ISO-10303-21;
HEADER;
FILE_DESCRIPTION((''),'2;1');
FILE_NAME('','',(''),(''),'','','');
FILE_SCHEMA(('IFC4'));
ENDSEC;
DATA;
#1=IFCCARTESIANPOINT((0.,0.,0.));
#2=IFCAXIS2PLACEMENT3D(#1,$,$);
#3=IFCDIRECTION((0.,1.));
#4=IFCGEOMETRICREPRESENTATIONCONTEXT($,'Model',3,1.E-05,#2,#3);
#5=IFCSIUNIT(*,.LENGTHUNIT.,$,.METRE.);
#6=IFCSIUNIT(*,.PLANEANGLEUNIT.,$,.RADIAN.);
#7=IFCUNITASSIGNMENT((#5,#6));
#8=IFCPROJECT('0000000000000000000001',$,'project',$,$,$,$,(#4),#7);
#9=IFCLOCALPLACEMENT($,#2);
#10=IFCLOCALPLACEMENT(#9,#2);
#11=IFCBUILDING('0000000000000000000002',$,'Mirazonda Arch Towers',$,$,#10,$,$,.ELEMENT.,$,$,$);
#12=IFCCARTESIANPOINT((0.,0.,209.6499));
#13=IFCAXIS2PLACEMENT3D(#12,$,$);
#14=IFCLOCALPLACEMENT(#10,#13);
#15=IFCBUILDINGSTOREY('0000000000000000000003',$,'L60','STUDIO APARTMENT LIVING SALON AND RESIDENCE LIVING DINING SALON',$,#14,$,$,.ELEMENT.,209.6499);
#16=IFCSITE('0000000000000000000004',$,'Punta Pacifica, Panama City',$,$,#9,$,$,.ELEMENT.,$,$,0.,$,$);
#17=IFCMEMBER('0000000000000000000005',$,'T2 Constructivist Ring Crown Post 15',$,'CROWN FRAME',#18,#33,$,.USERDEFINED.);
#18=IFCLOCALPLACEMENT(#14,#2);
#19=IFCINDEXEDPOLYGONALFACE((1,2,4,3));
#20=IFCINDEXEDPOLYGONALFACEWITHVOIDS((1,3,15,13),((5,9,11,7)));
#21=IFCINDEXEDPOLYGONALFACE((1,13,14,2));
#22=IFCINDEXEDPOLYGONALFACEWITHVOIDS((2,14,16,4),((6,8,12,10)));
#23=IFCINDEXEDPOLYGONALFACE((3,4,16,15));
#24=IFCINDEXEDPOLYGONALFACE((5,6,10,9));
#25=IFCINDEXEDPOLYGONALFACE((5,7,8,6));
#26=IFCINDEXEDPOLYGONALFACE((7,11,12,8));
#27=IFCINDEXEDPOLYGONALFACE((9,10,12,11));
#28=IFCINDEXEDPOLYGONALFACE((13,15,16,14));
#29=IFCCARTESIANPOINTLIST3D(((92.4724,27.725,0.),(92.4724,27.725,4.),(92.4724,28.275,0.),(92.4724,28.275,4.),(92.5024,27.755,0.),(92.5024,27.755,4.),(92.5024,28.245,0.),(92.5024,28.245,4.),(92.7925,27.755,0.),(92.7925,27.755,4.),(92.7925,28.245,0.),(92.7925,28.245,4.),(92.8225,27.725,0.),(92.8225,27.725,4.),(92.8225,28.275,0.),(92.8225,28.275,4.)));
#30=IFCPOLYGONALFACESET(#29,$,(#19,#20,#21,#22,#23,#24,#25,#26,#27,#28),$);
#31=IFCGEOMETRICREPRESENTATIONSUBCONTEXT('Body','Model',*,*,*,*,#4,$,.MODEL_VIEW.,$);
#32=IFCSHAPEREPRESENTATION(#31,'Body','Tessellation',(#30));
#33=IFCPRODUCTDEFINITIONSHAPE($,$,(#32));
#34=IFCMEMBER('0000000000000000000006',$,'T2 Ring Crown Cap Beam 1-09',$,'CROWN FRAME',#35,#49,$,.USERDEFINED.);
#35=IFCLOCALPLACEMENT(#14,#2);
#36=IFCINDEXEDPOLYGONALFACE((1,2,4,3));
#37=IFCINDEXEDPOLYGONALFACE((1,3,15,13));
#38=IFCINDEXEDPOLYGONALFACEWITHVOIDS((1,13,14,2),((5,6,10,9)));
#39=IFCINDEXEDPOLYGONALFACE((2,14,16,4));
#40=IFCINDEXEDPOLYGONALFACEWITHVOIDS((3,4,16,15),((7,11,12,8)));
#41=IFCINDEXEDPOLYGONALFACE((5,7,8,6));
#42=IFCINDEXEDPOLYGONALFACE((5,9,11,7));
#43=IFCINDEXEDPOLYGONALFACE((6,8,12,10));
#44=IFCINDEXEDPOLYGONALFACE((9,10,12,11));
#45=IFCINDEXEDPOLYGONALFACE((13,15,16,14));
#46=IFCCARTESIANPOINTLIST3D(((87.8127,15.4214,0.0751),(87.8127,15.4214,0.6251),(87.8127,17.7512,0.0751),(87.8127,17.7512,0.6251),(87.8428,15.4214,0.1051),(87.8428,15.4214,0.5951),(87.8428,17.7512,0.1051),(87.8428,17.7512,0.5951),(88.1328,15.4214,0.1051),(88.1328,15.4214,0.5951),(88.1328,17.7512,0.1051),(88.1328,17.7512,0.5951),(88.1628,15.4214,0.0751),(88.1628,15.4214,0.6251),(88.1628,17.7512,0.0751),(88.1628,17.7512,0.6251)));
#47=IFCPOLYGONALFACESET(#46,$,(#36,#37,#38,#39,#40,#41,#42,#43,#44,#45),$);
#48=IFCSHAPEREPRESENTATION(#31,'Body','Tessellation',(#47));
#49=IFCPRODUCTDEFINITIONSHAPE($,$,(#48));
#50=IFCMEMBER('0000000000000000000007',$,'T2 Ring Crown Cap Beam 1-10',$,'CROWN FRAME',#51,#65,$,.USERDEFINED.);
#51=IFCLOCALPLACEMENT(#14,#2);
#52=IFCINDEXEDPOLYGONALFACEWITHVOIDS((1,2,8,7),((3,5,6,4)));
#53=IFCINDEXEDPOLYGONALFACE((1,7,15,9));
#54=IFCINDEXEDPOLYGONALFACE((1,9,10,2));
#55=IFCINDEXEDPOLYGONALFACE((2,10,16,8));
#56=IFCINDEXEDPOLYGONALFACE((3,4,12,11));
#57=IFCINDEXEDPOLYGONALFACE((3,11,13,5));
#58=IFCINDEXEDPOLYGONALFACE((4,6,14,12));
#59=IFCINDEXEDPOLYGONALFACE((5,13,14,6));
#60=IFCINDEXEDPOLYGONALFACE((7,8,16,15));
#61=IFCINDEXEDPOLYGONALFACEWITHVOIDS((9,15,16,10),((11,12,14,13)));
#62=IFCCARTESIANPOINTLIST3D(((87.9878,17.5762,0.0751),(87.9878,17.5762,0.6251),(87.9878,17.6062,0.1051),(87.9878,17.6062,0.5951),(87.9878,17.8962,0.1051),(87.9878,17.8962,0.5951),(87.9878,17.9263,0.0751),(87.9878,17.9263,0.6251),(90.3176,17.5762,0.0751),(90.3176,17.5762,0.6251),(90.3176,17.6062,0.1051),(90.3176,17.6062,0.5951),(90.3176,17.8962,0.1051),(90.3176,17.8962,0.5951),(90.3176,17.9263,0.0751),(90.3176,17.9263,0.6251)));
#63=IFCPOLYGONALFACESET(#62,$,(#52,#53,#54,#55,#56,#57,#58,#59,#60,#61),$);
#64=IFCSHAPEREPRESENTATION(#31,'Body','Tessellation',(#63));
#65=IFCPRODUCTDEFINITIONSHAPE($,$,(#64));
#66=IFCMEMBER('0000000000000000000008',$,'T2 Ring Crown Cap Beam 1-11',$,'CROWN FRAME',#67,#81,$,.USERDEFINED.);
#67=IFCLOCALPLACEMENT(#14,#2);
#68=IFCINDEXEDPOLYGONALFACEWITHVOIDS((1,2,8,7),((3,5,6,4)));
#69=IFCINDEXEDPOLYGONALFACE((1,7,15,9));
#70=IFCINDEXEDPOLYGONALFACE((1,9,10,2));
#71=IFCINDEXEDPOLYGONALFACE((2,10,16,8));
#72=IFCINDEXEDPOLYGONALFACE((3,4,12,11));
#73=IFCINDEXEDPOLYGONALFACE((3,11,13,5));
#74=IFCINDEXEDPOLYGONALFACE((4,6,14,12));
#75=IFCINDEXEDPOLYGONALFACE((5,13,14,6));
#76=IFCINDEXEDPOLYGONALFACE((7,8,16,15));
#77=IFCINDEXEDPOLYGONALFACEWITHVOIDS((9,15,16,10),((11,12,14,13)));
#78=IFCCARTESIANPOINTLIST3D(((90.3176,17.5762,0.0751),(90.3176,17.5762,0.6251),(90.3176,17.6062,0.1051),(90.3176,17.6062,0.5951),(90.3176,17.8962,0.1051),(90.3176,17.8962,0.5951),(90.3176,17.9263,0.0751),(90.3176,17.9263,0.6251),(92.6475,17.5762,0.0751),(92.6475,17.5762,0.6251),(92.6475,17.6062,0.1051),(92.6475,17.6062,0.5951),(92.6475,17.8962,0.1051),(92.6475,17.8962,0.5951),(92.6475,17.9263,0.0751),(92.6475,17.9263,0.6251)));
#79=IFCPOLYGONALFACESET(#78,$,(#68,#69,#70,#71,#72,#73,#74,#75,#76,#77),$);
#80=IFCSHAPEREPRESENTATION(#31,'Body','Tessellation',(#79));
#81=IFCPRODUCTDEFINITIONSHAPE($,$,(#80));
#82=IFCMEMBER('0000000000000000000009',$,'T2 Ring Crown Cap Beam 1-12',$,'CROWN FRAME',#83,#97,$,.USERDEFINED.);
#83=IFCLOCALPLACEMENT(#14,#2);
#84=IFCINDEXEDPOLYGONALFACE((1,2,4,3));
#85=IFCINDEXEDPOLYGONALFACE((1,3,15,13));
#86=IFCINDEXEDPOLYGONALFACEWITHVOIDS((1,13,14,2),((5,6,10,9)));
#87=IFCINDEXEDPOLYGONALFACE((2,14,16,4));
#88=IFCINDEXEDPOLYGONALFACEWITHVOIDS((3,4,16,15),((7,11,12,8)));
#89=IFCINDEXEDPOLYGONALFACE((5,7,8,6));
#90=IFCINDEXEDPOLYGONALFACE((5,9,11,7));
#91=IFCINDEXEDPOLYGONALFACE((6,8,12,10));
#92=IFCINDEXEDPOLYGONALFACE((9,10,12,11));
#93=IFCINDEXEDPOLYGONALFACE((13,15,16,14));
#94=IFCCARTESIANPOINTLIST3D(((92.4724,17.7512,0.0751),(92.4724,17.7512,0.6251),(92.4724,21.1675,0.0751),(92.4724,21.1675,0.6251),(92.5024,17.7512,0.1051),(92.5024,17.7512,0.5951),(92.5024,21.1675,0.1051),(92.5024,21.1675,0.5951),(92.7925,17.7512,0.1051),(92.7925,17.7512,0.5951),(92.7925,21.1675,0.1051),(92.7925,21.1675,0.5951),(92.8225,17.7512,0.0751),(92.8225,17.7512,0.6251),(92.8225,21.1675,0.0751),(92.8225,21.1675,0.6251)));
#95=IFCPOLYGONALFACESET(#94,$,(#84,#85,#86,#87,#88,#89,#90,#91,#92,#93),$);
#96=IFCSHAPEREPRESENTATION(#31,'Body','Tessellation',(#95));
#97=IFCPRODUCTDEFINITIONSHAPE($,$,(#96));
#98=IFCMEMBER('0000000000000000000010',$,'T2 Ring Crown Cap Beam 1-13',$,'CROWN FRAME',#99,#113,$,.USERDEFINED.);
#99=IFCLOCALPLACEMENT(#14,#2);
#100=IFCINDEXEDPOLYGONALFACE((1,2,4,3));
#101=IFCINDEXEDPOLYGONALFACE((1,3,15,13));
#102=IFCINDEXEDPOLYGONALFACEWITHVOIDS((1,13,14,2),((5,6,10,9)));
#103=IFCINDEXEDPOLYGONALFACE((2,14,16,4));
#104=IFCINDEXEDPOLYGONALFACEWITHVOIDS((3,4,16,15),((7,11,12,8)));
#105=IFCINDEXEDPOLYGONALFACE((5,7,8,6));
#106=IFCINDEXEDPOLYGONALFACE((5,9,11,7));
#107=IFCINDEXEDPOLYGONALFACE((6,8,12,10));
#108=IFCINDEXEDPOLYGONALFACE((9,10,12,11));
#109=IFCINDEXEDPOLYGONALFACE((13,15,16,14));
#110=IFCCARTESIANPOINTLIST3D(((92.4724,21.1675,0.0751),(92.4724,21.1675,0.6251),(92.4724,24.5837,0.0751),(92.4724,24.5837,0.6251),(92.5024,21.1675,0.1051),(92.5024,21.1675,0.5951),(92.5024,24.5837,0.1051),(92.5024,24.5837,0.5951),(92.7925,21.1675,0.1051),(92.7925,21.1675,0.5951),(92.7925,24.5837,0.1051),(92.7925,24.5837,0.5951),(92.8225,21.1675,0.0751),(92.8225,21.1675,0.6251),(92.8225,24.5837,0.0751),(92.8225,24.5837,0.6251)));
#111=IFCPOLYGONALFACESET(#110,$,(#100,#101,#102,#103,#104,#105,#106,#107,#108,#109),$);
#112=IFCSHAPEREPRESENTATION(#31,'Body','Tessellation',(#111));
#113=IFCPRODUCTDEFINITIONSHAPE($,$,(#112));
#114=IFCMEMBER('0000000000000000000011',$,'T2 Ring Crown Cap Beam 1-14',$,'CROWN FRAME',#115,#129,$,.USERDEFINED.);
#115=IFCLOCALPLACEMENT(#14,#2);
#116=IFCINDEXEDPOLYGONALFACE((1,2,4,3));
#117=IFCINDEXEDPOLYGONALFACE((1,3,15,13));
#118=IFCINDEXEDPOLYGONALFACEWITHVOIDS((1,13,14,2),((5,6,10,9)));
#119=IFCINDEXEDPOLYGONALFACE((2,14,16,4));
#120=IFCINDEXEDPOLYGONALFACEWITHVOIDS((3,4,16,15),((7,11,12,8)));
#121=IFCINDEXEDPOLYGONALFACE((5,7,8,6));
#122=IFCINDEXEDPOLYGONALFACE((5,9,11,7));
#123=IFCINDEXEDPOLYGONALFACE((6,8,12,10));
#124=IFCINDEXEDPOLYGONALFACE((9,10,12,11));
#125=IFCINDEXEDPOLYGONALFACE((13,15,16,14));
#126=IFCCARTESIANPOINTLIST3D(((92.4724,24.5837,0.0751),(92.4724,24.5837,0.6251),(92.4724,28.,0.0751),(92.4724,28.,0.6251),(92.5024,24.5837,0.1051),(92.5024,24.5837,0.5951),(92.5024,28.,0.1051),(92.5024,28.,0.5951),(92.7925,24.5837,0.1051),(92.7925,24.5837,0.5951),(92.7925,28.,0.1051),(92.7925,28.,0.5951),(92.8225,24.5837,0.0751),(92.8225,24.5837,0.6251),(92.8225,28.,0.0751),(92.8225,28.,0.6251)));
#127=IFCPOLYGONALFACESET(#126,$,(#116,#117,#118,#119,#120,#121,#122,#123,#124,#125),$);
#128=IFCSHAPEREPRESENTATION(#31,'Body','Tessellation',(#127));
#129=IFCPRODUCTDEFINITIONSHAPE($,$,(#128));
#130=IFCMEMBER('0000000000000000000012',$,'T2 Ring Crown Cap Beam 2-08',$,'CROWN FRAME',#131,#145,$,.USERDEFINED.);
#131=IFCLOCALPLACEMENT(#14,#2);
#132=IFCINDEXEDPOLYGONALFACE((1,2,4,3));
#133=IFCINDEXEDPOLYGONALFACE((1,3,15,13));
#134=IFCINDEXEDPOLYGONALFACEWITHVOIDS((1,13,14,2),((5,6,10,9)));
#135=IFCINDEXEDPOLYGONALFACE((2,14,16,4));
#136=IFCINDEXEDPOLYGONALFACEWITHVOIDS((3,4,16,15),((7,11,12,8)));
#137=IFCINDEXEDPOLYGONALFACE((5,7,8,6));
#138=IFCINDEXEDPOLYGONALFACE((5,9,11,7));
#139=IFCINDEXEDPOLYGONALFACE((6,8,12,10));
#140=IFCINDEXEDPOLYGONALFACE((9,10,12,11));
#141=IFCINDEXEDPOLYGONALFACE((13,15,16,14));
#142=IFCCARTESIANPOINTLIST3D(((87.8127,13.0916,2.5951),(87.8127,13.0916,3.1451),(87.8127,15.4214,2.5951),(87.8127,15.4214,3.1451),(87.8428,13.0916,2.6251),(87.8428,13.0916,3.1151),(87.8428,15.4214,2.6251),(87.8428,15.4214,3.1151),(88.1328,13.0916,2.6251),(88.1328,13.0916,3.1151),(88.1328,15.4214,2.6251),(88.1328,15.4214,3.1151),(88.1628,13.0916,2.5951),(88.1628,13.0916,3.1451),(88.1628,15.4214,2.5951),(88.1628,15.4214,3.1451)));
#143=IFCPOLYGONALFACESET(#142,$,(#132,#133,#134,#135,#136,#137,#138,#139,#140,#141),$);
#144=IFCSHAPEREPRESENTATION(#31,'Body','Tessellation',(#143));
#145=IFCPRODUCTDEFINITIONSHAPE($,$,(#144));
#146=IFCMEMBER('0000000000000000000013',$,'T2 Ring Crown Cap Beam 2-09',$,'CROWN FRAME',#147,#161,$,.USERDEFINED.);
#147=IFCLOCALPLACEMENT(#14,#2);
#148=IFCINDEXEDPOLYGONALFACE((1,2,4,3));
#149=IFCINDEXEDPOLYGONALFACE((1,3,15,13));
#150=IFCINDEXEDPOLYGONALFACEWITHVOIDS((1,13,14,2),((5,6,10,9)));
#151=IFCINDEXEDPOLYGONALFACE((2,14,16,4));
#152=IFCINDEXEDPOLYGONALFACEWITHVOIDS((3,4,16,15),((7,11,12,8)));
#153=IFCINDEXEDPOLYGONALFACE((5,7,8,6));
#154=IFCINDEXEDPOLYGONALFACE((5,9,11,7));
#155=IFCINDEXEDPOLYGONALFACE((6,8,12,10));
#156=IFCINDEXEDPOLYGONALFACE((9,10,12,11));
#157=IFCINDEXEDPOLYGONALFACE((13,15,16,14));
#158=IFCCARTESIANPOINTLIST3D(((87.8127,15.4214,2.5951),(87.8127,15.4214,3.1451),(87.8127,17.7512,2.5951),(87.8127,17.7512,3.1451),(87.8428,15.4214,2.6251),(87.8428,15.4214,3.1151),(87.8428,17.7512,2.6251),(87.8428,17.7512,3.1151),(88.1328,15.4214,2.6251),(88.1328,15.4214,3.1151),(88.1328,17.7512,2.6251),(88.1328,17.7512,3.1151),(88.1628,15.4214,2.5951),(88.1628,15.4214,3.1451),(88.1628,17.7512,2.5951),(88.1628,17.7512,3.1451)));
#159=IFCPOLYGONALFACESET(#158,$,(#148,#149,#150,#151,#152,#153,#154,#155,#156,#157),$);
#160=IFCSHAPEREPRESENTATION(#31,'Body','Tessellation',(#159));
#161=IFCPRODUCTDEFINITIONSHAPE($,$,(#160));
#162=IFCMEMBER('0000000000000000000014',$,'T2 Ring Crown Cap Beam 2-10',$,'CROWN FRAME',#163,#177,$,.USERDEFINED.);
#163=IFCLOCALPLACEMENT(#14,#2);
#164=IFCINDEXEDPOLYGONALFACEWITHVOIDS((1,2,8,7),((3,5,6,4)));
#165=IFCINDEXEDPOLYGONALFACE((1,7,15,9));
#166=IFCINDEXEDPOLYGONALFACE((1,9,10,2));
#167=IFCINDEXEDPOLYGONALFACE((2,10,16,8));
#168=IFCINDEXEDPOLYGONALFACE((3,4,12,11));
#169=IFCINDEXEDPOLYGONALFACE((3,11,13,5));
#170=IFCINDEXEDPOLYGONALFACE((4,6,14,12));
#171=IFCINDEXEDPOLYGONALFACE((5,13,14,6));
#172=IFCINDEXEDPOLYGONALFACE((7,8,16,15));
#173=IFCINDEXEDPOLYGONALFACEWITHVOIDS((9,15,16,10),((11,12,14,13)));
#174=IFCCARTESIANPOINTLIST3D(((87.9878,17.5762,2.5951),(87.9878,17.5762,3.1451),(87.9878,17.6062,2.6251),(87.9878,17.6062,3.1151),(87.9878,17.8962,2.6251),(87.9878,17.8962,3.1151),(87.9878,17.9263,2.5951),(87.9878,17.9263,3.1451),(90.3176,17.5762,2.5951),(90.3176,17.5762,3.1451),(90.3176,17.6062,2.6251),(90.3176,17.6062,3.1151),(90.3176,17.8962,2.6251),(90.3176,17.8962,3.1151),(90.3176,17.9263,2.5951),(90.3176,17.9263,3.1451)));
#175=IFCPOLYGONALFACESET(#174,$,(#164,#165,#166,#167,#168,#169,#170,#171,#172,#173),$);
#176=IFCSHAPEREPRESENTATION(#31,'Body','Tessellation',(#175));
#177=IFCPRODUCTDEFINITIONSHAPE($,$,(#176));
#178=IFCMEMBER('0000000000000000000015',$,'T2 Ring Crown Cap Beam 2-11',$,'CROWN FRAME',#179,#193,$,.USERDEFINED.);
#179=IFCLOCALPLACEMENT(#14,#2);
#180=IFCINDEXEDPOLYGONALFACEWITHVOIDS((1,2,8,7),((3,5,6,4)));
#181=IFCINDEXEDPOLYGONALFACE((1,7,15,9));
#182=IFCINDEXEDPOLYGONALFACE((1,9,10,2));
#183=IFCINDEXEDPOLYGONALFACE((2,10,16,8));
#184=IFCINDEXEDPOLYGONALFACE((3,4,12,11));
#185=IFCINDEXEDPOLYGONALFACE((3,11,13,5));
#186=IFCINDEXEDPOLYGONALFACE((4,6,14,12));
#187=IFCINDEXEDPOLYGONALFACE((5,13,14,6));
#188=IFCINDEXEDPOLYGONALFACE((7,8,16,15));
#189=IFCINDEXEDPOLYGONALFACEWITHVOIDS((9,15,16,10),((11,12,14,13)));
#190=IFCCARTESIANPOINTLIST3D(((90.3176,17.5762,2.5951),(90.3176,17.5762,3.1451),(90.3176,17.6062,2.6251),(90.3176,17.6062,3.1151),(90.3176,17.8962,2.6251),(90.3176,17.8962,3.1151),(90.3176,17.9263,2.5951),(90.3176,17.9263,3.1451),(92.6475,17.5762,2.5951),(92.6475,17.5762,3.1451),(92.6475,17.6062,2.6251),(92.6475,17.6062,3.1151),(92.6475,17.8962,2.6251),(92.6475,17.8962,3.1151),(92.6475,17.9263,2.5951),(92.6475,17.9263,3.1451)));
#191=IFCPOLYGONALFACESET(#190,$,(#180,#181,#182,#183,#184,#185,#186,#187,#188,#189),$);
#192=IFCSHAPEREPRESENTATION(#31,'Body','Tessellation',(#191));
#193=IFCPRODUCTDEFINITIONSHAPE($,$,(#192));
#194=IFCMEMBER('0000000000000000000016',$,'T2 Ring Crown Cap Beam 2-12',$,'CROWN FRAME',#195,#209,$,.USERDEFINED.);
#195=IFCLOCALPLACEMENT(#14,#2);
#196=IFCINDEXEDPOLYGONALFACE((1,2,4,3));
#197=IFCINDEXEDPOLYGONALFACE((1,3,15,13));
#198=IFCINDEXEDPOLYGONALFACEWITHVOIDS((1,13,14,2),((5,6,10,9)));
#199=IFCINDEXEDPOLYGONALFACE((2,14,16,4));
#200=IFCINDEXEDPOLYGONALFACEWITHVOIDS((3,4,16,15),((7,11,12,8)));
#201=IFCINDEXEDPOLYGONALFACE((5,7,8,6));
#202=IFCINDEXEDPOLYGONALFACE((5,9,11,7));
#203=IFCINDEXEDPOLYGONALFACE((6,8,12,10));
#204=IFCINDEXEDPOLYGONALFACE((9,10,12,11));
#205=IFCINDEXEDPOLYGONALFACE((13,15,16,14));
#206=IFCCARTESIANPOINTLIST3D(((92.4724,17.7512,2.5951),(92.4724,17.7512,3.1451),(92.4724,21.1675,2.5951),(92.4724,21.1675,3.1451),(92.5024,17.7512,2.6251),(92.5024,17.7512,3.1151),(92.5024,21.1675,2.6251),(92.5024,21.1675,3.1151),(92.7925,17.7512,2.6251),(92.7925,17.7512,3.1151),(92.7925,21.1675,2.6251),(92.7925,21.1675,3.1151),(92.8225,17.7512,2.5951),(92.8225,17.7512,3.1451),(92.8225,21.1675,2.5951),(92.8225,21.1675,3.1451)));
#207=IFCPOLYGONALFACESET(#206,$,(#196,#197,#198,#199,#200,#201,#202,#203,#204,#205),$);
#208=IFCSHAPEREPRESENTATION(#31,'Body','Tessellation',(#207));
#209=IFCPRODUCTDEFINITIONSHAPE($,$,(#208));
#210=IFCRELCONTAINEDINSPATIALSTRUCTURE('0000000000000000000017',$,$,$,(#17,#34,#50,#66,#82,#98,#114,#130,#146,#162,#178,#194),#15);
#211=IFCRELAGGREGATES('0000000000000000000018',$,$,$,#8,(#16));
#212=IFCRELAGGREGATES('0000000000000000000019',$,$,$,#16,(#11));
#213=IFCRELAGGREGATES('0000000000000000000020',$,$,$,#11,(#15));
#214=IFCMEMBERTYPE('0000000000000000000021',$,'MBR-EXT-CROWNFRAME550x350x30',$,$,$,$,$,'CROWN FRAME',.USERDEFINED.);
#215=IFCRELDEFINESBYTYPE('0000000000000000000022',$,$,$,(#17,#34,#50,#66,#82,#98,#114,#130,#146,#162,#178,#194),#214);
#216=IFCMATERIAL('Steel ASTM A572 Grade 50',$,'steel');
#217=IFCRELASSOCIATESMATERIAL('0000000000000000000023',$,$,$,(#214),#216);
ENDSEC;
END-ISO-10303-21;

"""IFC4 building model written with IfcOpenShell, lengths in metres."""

from ifc_helpers import new_model, si_unit, direction, frame, origin, origin_2d, place, context, subcontext, project, spatial, hollow_rectangle, extrude, material, material_profile, profile_set, type_object, element, save


model = new_model("IFC4")

# Units and contexts
model_context = context("Model", 3, precision=1e-05, world=origin(), true_north=direction((0.0, 1.0)))
body_context = subcontext(model_context, "Body", "Model", "MODEL_VIEW")
ifc_project = project(units=[si_unit("LENGTHUNIT", "METRE"), si_unit("PLANEANGLEUNIT", "RADIAN")], contexts=[model_context])

# Site, building, storey
site_placement = place(None, origin())
site = spatial("IfcSite", under=ifc_project, at=site_placement, Name="Punta Pacifica, Panama City", CompositionType="ELEMENT", RefElevation=0.0)
building_placement = place(site_placement, origin())
building = spatial("IfcBuilding", under=site, at=building_placement, Name="Mirazonda Arch Towers", CompositionType="ELEMENT")
storey_placement = place(building_placement, frame((0.0, 0.0, 209.6499)))
storey = spatial("IfcBuildingStorey", under=building, at=storey_placement, Name="L60", Description="STUDIO APARTMENT LIVING SALON AND RESIDENCE LIVING DINING SALON", CompositionType="ELEMENT", Elevation=209.6499)

# Members
ifc_material_1 = material(Name="Steel ASTM A572 Grade 50", Category="steel")
ifc_material_profile_1 = material_profile(ifc_material_1, hollow_rectangle(XDim=0.3501, YDim=0.55, WallThickness=0.03, at=origin_2d()), Name="CROWNFRAME550x350x30")
ifc_profile_set_1 = profile_set([ifc_material_profile_1], Name="Steel ASTM A572 Grade 50")
member_type_1 = type_object("IfcMemberType", Name="MBR-EXT-CROWNFRAME550x350x30", ElementType="CROWN FRAME", PredefinedType="USERDEFINED", material=ifc_profile_set_1)
for number, where, z_axis, x_axis, name in (
    (1, (92.6475, 28.0, 0.0), (0.0, 0.0, 1.0), (1.0, 0.0, 0.0), "T2 Constructivist Ring Crown Post 15"),
):
    element("IfcMember", number, at=place(storey_placement, frame(where, z_axis=z_axis, x_axis=x_axis)), inside=storey, type_object=member_type_1, Name=name, ObjectType="CROWN FRAME", PredefinedType="USERDEFINED", context=body_context, shape_type="SweptSolid", body=[
        extrude(hollow_rectangle(XDim=0.3501, YDim=0.55, WallThickness=0.03, at=origin_2d()), origin(), (0.0, 0.0, 1.0), 4.0),
    ])
for number, where, z_axis, x_axis, name in (
    (2, (87.9878, 15.4214, 0.3501), (0.0, 1.0, 0.0), (-1.0, 0.0, 0.0), "T2 Ring Crown Cap Beam 1-09"),
    (3, (87.9878, 17.7512, 0.3501), (1.0, 0.0, 0.0), (0.0, 1.0, 0.0), "T2 Ring Crown Cap Beam 1-10"),
    (4, (90.3176, 17.7512, 0.3501), (1.0, 0.0, 0.0), (0.0, 1.0, 0.0), "T2 Ring Crown Cap Beam 1-11"),
):
    element("IfcMember", number, at=place(storey_placement, frame(where, z_axis=z_axis, x_axis=x_axis)), inside=storey, type_object=member_type_1, Name=name, ObjectType="CROWN FRAME", PredefinedType="USERDEFINED", context=body_context, shape_type="SweptSolid", body=[
        extrude(hollow_rectangle(XDim=0.3501, YDim=0.55, WallThickness=0.03, at=origin_2d()), origin(), (0.0, 0.0, 1.0), 2.3298),
    ])
for number, where, z_axis, x_axis, name in (
    (5, (92.6475, 17.7512, 0.3501), (0.0, 1.0, 0.0), (-1.0, 0.0, 0.0), "T2 Ring Crown Cap Beam 1-12"),
    (6, (92.6475, 21.1675, 0.3501), (0.0, 1.0, 0.0), (-1.0, 0.0, 0.0), "T2 Ring Crown Cap Beam 1-13"),
    (7, (92.6475, 24.5837, 0.3501), (0.0, 1.0, 0.0), (-1.0, 0.0, 0.0), "T2 Ring Crown Cap Beam 1-14"),
):
    element("IfcMember", number, at=place(storey_placement, frame(where, z_axis=z_axis, x_axis=x_axis)), inside=storey, type_object=member_type_1, Name=name, ObjectType="CROWN FRAME", PredefinedType="USERDEFINED", context=body_context, shape_type="SweptSolid", body=[
        extrude(hollow_rectangle(XDim=0.3501, YDim=0.55, WallThickness=0.03, at=origin_2d()), origin(), (0.0, 0.0, 1.0), 3.4163),
    ])
for number, where, z_axis, x_axis, name in (
    (8, (87.9878, 13.0916, 2.8701), (0.0, 1.0, 0.0), (-1.0, 0.0, 0.0), "T2 Ring Crown Cap Beam 2-08"),
    (9, (87.9878, 15.4214, 2.8701), (0.0, 1.0, 0.0), (-1.0, 0.0, 0.0), "T2 Ring Crown Cap Beam 2-09"),
    (10, (87.9878, 17.7512, 2.8701), (1.0, 0.0, 0.0), (0.0, 1.0, 0.0), "T2 Ring Crown Cap Beam 2-10"),
    (11, (90.3176, 17.7512, 2.8701), (1.0, 0.0, 0.0), (0.0, 1.0, 0.0), "T2 Ring Crown Cap Beam 2-11"),
):
    element("IfcMember", number, at=place(storey_placement, frame(where, z_axis=z_axis, x_axis=x_axis)), inside=storey, type_object=member_type_1, Name=name, ObjectType="CROWN FRAME", PredefinedType="USERDEFINED", context=body_context, shape_type="SweptSolid", body=[
        extrude(hollow_rectangle(XDim=0.3501, YDim=0.55, WallThickness=0.03, at=origin_2d()), origin(), (0.0, 0.0, 1.0), 2.3298),
    ])
for number, where, z_axis, x_axis, name in (
    (12, (92.6475, 17.7512, 2.8701), (0.0, 1.0, 0.0), (-1.0, 0.0, 0.0), "T2 Ring Crown Cap Beam 2-12"),
):
    element("IfcMember", number, at=place(storey_placement, frame(where, z_axis=z_axis, x_axis=x_axis)), inside=storey, type_object=member_type_1, Name=name, ObjectType="CROWN FRAME", PredefinedType="USERDEFINED", context=body_context, shape_type="SweptSolid", body=[
        extrude(hollow_rectangle(XDim=0.3501, YDim=0.55, WallThickness=0.03, at=origin_2d()), origin(), (0.0, 0.0, 1.0), 3.4163),
    ])

save(model, "model.ifc")
